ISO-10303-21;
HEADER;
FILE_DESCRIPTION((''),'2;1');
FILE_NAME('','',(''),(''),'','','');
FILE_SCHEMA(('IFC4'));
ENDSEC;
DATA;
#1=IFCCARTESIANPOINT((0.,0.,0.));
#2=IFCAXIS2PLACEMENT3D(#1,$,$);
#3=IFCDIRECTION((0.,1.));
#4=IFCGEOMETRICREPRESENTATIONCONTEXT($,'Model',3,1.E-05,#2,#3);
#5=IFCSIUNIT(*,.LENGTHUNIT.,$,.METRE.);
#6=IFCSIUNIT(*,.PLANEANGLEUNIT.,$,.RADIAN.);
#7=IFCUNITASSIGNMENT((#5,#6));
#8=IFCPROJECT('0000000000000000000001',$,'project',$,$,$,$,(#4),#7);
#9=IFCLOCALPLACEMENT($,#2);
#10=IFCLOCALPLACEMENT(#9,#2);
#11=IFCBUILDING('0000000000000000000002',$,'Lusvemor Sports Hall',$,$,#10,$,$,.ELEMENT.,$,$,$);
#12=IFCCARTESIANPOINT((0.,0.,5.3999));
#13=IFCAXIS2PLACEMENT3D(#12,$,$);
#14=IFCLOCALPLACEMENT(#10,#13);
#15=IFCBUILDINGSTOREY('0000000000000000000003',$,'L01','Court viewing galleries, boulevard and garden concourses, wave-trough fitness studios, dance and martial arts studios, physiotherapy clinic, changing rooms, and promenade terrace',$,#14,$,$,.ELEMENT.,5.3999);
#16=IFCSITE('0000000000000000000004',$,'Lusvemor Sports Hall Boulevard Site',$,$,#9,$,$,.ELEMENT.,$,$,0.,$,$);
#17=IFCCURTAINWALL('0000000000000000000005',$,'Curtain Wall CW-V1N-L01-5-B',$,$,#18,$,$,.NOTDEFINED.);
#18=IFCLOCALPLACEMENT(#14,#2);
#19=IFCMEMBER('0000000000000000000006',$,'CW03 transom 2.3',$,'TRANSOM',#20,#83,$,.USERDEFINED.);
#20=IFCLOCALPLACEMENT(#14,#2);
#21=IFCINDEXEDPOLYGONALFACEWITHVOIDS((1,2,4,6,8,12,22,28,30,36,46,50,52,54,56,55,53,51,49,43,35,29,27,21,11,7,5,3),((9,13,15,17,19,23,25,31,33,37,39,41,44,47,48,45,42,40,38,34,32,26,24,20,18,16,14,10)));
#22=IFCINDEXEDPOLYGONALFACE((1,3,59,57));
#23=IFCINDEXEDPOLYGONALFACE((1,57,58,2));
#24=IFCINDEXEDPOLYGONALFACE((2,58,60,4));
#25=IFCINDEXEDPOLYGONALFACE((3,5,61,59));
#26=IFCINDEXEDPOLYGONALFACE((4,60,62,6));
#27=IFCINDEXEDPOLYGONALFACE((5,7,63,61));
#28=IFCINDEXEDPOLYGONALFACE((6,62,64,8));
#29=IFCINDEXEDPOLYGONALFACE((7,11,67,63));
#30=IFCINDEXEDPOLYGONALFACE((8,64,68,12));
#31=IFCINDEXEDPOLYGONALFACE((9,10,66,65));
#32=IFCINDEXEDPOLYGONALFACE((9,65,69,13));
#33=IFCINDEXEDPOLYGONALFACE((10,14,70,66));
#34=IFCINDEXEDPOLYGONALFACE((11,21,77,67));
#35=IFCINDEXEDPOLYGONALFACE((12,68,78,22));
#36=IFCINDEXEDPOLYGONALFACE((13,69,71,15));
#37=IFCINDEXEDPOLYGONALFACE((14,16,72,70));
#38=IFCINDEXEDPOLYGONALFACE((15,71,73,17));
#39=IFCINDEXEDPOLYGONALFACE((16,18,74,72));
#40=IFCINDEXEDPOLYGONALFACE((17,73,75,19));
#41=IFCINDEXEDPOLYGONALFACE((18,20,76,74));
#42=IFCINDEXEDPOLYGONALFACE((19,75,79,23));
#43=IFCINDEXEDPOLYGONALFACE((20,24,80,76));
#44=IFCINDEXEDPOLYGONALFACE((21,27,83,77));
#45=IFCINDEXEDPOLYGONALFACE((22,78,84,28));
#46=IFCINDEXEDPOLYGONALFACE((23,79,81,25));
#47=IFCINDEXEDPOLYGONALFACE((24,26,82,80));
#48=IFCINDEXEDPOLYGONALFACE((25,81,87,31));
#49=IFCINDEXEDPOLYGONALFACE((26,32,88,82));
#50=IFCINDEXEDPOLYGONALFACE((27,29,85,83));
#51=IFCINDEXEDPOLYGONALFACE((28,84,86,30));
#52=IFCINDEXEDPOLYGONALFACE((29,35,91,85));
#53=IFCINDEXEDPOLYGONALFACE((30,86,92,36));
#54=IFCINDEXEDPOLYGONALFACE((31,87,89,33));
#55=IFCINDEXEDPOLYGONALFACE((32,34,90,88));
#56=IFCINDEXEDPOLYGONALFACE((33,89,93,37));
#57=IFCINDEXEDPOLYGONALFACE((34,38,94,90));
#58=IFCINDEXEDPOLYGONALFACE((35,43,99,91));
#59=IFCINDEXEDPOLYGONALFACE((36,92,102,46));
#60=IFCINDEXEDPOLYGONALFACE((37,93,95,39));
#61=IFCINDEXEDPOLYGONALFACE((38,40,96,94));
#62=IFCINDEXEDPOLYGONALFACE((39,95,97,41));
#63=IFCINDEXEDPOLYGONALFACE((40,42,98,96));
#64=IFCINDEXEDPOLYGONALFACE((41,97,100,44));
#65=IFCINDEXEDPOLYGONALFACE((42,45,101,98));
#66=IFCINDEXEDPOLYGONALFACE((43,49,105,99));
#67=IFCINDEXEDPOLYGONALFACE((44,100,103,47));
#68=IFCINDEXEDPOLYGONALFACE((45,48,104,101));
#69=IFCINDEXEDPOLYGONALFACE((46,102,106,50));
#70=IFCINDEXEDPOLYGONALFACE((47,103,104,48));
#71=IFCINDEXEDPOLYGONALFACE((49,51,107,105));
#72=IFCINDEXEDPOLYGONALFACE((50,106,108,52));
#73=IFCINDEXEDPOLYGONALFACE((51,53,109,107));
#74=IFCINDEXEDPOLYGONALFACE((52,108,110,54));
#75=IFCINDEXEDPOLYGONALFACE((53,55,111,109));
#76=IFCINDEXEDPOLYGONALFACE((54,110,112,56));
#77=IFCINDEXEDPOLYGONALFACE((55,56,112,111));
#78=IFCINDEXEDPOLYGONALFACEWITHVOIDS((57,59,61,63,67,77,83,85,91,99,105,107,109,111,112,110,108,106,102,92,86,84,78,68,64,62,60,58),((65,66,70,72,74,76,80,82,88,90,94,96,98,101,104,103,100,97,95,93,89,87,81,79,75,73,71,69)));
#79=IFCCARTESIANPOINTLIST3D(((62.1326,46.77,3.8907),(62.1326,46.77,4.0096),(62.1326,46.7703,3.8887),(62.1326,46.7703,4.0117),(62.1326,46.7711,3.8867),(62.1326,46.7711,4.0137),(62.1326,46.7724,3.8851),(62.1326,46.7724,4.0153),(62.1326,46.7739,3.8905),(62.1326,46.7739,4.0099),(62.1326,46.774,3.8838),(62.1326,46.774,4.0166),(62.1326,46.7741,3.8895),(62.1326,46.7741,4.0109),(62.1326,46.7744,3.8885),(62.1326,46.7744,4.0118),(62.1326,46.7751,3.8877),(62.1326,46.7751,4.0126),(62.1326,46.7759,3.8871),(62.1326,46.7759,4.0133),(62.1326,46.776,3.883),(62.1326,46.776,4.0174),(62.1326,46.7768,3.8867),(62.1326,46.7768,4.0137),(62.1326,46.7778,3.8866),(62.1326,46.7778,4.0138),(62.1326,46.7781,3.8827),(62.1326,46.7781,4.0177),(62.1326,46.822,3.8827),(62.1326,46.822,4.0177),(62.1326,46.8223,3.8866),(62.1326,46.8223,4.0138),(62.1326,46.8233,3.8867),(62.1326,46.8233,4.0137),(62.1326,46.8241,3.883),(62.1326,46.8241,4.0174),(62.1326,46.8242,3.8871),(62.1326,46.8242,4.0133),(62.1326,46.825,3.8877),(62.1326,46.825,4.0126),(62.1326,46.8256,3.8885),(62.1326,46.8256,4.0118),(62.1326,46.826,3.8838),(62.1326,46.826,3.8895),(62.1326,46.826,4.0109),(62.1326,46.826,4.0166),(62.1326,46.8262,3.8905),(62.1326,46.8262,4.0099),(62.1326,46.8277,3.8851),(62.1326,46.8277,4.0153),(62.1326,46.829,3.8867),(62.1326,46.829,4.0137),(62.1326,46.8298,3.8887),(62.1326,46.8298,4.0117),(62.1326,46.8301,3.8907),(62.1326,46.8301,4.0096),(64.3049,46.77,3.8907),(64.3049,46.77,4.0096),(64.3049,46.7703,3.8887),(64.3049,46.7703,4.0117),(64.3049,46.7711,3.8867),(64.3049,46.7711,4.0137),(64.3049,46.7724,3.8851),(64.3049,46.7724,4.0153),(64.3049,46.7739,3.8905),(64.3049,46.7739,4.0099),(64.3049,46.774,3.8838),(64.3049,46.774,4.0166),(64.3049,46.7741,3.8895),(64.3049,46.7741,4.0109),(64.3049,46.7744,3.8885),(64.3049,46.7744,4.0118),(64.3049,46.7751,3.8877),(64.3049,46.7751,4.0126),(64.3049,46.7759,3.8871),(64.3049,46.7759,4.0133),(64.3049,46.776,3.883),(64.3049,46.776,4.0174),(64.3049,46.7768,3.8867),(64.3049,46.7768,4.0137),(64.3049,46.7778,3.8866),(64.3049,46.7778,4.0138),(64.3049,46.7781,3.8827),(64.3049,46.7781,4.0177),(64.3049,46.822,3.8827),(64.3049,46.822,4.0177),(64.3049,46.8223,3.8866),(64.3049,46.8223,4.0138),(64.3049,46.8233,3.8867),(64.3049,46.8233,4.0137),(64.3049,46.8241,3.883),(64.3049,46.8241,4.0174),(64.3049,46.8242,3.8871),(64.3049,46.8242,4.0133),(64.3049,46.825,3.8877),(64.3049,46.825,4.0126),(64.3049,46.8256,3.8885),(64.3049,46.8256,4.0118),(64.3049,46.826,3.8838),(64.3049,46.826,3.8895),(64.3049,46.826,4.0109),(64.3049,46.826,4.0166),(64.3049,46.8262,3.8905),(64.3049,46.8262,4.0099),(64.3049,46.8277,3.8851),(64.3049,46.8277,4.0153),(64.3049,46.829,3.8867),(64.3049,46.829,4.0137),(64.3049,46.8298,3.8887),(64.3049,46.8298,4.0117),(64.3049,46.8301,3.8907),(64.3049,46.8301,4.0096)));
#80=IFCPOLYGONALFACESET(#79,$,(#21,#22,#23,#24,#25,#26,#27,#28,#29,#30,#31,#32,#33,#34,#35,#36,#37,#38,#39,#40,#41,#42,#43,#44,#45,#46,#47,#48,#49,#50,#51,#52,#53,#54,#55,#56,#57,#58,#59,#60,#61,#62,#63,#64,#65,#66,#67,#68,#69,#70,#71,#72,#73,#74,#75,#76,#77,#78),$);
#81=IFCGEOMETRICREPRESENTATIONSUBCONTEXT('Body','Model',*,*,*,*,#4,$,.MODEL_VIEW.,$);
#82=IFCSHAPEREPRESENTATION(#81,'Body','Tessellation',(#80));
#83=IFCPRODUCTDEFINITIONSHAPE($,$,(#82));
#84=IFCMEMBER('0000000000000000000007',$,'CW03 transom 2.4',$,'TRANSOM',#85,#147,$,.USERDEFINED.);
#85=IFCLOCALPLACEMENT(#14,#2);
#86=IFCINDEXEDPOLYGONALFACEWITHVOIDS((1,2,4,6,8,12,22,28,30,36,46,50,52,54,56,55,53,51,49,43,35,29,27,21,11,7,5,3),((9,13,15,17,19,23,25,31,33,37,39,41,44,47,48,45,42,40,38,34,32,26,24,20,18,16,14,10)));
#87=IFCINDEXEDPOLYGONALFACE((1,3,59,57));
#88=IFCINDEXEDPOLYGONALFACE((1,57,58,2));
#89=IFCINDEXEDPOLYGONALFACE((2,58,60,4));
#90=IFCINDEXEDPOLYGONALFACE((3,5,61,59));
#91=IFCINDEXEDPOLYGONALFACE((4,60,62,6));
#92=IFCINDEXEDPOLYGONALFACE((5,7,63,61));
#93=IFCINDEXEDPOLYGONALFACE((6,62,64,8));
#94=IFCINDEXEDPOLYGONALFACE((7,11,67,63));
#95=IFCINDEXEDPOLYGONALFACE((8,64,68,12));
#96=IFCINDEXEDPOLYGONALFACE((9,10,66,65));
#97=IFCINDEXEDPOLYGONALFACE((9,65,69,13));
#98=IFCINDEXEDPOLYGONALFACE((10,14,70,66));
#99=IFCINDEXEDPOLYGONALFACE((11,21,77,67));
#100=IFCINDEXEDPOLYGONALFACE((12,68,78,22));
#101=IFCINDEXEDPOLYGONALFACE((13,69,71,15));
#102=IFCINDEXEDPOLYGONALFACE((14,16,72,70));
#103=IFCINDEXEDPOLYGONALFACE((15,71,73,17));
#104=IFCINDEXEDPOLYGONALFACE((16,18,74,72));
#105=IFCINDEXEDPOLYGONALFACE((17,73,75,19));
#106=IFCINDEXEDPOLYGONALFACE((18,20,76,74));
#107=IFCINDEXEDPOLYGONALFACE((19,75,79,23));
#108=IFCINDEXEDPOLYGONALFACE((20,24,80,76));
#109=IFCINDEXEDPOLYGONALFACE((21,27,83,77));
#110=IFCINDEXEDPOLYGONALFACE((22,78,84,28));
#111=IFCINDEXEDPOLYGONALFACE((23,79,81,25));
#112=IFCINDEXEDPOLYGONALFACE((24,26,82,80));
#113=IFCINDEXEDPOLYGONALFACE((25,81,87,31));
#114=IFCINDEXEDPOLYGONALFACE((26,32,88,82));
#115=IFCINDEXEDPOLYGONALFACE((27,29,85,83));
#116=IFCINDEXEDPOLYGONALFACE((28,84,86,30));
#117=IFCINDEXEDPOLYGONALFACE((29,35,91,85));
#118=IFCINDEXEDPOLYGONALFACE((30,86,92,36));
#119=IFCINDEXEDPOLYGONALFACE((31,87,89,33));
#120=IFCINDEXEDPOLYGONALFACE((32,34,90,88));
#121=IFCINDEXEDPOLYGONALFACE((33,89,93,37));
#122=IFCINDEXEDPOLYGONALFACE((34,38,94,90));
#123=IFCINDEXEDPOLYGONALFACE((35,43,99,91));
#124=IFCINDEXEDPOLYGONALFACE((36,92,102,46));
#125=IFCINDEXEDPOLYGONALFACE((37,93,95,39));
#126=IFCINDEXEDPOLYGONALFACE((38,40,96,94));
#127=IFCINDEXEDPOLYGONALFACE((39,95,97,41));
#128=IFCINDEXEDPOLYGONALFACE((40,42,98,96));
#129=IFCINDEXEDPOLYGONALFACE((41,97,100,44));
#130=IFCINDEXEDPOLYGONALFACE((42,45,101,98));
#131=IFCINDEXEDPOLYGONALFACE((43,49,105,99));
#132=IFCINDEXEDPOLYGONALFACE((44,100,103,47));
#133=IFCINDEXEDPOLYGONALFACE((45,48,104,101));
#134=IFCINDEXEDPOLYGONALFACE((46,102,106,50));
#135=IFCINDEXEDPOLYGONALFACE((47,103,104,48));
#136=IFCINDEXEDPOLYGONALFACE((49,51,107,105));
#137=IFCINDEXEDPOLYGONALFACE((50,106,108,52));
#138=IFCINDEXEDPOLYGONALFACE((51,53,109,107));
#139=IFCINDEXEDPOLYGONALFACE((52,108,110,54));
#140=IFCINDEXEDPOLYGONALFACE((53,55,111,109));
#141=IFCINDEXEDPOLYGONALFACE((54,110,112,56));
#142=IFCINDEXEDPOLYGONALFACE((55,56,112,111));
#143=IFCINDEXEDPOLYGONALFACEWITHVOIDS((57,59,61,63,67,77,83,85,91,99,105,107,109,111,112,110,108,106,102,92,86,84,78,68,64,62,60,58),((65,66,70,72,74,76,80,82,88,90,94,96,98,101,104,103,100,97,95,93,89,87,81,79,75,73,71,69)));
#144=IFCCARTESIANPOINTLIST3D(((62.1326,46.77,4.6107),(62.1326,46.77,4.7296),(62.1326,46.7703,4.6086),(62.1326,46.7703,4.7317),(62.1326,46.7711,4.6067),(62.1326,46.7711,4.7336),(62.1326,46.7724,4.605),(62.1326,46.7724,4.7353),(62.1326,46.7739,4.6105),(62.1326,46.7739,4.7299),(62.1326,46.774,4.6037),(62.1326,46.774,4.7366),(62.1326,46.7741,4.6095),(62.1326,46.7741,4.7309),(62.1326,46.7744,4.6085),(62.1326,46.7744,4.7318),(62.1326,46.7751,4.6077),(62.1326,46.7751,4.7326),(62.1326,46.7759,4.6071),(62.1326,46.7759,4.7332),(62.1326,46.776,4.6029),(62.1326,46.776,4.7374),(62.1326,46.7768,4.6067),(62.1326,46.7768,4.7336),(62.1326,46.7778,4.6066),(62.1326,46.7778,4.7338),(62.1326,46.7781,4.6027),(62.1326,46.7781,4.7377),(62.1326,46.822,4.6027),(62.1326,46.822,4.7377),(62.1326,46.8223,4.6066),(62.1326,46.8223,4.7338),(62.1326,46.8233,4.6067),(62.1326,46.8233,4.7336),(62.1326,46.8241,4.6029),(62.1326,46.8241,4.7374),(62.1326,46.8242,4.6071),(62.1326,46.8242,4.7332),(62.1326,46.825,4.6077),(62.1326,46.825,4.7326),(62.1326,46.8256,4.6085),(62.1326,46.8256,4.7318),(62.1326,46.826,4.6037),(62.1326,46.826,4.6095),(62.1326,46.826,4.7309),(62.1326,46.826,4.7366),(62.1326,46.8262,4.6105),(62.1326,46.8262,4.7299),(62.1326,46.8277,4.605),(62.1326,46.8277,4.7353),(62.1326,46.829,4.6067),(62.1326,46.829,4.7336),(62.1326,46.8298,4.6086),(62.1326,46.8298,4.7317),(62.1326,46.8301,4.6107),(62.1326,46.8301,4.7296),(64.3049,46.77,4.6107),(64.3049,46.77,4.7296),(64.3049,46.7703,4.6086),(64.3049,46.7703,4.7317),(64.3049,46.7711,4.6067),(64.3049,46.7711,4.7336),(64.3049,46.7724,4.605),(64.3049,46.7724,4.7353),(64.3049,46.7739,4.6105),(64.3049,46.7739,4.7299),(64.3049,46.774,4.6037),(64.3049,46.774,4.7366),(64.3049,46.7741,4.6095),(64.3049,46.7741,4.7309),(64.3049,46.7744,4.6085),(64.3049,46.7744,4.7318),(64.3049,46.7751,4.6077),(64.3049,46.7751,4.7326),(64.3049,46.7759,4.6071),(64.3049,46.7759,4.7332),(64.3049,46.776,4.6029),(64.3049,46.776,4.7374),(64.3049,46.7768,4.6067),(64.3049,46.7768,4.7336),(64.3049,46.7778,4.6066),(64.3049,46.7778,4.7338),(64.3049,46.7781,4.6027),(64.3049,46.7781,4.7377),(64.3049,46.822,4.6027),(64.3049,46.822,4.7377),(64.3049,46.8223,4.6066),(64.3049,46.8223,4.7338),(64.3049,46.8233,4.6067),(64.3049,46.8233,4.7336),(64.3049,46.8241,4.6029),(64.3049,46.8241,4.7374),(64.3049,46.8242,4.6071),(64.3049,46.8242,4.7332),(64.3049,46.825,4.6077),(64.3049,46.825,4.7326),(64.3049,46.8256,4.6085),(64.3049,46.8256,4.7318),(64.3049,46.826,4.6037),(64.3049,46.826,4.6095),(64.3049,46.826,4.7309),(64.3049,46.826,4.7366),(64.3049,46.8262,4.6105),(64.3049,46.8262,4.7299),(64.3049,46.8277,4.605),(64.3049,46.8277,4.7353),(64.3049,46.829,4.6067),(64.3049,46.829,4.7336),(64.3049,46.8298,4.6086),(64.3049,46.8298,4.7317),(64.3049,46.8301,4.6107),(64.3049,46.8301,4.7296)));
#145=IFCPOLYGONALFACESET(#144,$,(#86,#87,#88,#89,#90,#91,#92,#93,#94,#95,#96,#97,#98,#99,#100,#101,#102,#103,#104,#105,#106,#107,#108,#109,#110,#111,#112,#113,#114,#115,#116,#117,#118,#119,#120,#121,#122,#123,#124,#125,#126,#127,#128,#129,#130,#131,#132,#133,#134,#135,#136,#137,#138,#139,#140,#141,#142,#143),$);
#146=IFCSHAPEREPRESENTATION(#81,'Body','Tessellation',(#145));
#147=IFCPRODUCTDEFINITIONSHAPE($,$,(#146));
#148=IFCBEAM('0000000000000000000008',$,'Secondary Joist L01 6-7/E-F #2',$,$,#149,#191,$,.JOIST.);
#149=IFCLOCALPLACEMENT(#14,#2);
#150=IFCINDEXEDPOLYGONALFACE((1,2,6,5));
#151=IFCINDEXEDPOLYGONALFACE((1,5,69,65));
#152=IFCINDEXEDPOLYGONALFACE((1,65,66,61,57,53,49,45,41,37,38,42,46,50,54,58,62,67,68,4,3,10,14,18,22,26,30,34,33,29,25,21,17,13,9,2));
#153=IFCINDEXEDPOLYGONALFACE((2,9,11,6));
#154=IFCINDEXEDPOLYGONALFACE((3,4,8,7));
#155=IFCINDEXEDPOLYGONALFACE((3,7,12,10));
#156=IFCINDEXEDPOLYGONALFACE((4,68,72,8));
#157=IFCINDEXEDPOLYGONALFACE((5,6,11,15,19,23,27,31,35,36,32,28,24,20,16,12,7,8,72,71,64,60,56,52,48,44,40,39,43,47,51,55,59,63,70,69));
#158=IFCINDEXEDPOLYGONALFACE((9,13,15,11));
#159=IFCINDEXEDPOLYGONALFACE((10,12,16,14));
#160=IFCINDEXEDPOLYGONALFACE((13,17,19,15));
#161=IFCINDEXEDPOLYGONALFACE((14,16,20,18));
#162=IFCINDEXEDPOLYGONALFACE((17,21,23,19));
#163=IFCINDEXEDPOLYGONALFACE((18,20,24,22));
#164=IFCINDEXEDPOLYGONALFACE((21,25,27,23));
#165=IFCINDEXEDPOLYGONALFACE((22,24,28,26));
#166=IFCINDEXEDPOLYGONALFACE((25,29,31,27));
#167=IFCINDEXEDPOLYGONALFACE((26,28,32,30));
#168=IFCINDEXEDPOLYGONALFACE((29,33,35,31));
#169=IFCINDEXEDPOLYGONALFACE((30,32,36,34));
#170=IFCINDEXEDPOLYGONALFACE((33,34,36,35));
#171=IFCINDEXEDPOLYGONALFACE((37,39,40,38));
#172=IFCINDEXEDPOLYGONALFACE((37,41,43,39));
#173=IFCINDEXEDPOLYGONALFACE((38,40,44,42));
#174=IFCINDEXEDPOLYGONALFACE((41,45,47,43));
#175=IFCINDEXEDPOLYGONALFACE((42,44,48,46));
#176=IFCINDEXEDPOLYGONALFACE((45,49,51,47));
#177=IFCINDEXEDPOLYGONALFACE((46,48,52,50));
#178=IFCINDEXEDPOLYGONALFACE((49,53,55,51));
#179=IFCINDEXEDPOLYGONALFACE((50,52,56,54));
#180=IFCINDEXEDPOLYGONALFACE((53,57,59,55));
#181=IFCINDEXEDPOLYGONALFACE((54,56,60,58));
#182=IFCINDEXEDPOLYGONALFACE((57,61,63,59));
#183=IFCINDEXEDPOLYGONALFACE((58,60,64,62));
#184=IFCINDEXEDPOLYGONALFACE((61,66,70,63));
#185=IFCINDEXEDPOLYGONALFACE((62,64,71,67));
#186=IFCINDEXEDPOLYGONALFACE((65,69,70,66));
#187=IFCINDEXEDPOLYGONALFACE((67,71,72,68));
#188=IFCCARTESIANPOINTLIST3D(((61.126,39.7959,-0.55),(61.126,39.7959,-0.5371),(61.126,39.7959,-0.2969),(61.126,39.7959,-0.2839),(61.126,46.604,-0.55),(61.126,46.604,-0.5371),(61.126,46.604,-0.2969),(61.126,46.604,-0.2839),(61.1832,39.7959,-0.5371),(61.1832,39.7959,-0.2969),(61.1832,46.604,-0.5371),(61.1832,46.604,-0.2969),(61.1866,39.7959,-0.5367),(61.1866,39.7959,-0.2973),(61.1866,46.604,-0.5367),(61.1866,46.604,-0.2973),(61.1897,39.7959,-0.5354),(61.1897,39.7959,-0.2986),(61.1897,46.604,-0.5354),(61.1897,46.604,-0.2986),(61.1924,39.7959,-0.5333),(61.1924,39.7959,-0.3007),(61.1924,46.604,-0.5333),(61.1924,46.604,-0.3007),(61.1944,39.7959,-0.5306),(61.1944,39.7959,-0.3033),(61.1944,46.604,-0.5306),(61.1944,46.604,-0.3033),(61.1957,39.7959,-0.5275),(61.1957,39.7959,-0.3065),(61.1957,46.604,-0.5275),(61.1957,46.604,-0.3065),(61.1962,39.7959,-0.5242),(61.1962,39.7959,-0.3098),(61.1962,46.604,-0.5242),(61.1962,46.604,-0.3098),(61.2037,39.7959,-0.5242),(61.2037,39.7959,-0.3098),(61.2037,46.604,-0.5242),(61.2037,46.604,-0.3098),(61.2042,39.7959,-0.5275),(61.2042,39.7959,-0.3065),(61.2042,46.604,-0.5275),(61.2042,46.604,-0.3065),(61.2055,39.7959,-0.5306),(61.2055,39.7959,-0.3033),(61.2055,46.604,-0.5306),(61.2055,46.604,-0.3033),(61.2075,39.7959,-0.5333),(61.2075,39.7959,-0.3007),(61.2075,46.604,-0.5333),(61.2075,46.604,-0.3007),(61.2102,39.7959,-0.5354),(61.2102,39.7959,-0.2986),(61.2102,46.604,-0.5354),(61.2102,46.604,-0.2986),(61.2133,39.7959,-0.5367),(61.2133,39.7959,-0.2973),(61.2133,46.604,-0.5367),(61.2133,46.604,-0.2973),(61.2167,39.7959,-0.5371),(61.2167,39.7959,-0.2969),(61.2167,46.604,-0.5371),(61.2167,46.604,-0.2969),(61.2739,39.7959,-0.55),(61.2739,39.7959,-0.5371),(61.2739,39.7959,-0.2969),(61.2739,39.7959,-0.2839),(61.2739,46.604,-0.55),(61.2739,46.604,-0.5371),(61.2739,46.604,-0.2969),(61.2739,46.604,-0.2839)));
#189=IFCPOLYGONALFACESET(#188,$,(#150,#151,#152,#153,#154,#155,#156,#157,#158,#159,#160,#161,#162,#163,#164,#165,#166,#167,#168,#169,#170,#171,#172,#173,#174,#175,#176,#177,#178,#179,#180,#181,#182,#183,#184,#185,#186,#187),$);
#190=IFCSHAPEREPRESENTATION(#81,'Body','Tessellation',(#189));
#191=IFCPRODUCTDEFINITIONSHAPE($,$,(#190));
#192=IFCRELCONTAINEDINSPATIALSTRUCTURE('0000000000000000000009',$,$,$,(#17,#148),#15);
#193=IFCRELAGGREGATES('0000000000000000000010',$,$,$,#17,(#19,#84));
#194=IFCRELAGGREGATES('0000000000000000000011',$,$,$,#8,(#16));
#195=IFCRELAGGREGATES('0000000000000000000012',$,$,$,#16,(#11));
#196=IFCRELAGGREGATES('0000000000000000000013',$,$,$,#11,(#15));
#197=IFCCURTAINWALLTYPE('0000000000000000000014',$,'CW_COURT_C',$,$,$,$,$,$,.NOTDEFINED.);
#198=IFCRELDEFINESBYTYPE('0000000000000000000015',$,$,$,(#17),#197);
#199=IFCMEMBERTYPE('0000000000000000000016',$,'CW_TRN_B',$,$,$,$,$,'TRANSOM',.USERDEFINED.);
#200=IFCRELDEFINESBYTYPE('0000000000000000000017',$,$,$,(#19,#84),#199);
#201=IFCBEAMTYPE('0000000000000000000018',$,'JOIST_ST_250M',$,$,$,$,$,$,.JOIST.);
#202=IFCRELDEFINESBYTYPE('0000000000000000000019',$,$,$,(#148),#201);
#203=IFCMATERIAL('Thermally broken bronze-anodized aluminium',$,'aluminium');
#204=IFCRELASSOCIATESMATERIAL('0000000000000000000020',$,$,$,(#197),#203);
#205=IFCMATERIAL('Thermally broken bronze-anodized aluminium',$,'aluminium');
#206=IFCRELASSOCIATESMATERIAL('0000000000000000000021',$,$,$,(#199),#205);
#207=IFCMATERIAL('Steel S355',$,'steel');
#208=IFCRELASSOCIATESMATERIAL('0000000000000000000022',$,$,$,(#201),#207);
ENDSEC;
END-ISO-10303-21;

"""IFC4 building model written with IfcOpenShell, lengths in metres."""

from ifc_helpers import new_model, si_unit, direction, frame, origin, origin_2d, place, context, subcontext, project, spatial, hollow_rectangle, i_section, extrude, material, material_profile, profile_set, type_object, element, aggregate, save


model = new_model("IFC4")

# Units and contexts
model_context = context("Model", 3, precision=1e-05, world=origin(), true_north=direction((0.0, 1.0)))
body_context = subcontext(model_context, "Body", "Model", "MODEL_VIEW")
ifc_project = project(units=[si_unit("LENGTHUNIT", "METRE"), si_unit("PLANEANGLEUNIT", "RADIAN")], contexts=[model_context])

# Site, building, storey
site_placement = place(None, origin())
site = spatial("IfcSite", under=ifc_project, at=site_placement, Name="Lusvemor Sports Hall Boulevard Site", CompositionType="ELEMENT", RefElevation=0.0)
building_placement = place(site_placement, origin())
building = spatial("IfcBuilding", under=site, at=building_placement, Name="Lusvemor Sports Hall", CompositionType="ELEMENT")
storey_placement = place(building_placement, frame((0.0, 0.0, 5.3999)))
storey = spatial("IfcBuildingStorey", under=building, at=storey_placement, Name="L01", Description="Court viewing galleries, boulevard and garden concourses, wave-trough fitness studios, dance and martial arts studios, physiotherapy clinic, changing rooms, and promenade terrace", CompositionType="ELEMENT", Elevation=5.3999)

# Shared definitions
ifc_material_1 = material(Name="Thermally broken bronze-anodized aluminium", Category="aluminium")
curtain_wall_type = type_object("IfcCurtainWallType", Name="CW_COURT_C", PredefinedType="NOTDEFINED", material=ifc_material_1)

# Curtain wall
curtain_wall_1_placement = place(storey_placement, origin())
curtain_wall_1 = element("IfcCurtainWall", 1, at=curtain_wall_1_placement, inside=storey, type_object=curtain_wall_type, Name="Curtain Wall CW-V1N-L01-5-B", PredefinedType="NOTDEFINED")

# Members
ifc_material_2 = material(Name="Thermally broken bronze-anodized aluminium", Category="aluminium")
ifc_material_profile_1 = material_profile(ifc_material_2, hollow_rectangle(XDim=0.0601, YDim=0.135, WallThickness=0.0039, InnerFilletRadius=0.0039, OuterFilletRadius=0.0081, at=origin_2d()), Name="CWTRN135x60x4")
ifc_profile_set_1 = profile_set([ifc_material_profile_1], Name="Thermally broken bronze-anodized aluminium")
member_type_1 = type_object("IfcMemberType", Name="CW_TRN_B", ElementType="TRANSOM", PredefinedType="USERDEFINED", material=ifc_profile_set_1)
member_1_placement = place(storey_placement, frame((62.1326, 46.8, 3.9502), z_axis=(1.0, 0.0, 0.0), x_axis=(0.0, 1.0, 0.0)))
member_1 = element("IfcMember", 2, at=member_1_placement, type_object=member_type_1, Name="CW03 transom 2.3", ObjectType="TRANSOM", PredefinedType="USERDEFINED", context=body_context, shape_type="SweptSolid", body=[
    extrude(hollow_rectangle(XDim=0.0601, YDim=0.135, WallThickness=0.0039, InnerFilletRadius=0.0039, OuterFilletRadius=0.0081, at=origin_2d()), origin(), (0.0, 0.0, 1.0), 2.1724),
])
member_2_placement = place(storey_placement, frame((62.1326, 46.8, 4.6702), z_axis=(1.0, 0.0, 0.0), x_axis=(0.0, 1.0, 0.0)))
member_2 = element("IfcMember", 3, at=member_2_placement, type_object=member_type_1, Name="CW03 transom 2.4", ObjectType="TRANSOM", PredefinedType="USERDEFINED", context=body_context, shape_type="SweptSolid", body=[
    extrude(hollow_rectangle(XDim=0.0601, YDim=0.135, WallThickness=0.0039, InnerFilletRadius=0.0039, OuterFilletRadius=0.0081, at=origin_2d()), origin(), (0.0, 0.0, 1.0), 2.1724),
])

# Beam
ifc_material_3 = material(Name="Steel S355", Category="steel")
ifc_material_profile_2 = material_profile(ifc_material_3, i_section(OverallWidth=0.1479, OverallDepth=0.2661, WebThickness=0.0076, FlangeThickness=0.0129, FilletRadius=0.0129, at=origin_2d()), Name="W250x44.8")
ifc_profile_set_2 = profile_set([ifc_material_profile_2], Name="Steel S355")
beam_type_1 = type_object("IfcBeamType", Name="JOIST_ST_250M", PredefinedType="JOIST", material=ifc_profile_set_2)
beam_1_placement = place(storey_placement, frame((61.2, 39.7959, -0.417), z_axis=(0.0, 1.0, 0.0), x_axis=(-1.0, 0.0, 0.0)))
element("IfcBeam", 4, at=beam_1_placement, inside=storey, type_object=beam_type_1, Name="Secondary Joist L01 6-7/E-F #2", PredefinedType="JOIST", context=body_context, shape_type="SweptSolid", body=[
    extrude(i_section(OverallWidth=0.1479, OverallDepth=0.2661, WebThickness=0.0076, FlangeThickness=0.0129, FilletRadius=0.0129, at=origin_2d()), origin(), (0.0, 0.0, 1.0), 6.8081),
])

aggregate(curtain_wall_1, [member_1, member_2])

save(model, "model.ifc")
